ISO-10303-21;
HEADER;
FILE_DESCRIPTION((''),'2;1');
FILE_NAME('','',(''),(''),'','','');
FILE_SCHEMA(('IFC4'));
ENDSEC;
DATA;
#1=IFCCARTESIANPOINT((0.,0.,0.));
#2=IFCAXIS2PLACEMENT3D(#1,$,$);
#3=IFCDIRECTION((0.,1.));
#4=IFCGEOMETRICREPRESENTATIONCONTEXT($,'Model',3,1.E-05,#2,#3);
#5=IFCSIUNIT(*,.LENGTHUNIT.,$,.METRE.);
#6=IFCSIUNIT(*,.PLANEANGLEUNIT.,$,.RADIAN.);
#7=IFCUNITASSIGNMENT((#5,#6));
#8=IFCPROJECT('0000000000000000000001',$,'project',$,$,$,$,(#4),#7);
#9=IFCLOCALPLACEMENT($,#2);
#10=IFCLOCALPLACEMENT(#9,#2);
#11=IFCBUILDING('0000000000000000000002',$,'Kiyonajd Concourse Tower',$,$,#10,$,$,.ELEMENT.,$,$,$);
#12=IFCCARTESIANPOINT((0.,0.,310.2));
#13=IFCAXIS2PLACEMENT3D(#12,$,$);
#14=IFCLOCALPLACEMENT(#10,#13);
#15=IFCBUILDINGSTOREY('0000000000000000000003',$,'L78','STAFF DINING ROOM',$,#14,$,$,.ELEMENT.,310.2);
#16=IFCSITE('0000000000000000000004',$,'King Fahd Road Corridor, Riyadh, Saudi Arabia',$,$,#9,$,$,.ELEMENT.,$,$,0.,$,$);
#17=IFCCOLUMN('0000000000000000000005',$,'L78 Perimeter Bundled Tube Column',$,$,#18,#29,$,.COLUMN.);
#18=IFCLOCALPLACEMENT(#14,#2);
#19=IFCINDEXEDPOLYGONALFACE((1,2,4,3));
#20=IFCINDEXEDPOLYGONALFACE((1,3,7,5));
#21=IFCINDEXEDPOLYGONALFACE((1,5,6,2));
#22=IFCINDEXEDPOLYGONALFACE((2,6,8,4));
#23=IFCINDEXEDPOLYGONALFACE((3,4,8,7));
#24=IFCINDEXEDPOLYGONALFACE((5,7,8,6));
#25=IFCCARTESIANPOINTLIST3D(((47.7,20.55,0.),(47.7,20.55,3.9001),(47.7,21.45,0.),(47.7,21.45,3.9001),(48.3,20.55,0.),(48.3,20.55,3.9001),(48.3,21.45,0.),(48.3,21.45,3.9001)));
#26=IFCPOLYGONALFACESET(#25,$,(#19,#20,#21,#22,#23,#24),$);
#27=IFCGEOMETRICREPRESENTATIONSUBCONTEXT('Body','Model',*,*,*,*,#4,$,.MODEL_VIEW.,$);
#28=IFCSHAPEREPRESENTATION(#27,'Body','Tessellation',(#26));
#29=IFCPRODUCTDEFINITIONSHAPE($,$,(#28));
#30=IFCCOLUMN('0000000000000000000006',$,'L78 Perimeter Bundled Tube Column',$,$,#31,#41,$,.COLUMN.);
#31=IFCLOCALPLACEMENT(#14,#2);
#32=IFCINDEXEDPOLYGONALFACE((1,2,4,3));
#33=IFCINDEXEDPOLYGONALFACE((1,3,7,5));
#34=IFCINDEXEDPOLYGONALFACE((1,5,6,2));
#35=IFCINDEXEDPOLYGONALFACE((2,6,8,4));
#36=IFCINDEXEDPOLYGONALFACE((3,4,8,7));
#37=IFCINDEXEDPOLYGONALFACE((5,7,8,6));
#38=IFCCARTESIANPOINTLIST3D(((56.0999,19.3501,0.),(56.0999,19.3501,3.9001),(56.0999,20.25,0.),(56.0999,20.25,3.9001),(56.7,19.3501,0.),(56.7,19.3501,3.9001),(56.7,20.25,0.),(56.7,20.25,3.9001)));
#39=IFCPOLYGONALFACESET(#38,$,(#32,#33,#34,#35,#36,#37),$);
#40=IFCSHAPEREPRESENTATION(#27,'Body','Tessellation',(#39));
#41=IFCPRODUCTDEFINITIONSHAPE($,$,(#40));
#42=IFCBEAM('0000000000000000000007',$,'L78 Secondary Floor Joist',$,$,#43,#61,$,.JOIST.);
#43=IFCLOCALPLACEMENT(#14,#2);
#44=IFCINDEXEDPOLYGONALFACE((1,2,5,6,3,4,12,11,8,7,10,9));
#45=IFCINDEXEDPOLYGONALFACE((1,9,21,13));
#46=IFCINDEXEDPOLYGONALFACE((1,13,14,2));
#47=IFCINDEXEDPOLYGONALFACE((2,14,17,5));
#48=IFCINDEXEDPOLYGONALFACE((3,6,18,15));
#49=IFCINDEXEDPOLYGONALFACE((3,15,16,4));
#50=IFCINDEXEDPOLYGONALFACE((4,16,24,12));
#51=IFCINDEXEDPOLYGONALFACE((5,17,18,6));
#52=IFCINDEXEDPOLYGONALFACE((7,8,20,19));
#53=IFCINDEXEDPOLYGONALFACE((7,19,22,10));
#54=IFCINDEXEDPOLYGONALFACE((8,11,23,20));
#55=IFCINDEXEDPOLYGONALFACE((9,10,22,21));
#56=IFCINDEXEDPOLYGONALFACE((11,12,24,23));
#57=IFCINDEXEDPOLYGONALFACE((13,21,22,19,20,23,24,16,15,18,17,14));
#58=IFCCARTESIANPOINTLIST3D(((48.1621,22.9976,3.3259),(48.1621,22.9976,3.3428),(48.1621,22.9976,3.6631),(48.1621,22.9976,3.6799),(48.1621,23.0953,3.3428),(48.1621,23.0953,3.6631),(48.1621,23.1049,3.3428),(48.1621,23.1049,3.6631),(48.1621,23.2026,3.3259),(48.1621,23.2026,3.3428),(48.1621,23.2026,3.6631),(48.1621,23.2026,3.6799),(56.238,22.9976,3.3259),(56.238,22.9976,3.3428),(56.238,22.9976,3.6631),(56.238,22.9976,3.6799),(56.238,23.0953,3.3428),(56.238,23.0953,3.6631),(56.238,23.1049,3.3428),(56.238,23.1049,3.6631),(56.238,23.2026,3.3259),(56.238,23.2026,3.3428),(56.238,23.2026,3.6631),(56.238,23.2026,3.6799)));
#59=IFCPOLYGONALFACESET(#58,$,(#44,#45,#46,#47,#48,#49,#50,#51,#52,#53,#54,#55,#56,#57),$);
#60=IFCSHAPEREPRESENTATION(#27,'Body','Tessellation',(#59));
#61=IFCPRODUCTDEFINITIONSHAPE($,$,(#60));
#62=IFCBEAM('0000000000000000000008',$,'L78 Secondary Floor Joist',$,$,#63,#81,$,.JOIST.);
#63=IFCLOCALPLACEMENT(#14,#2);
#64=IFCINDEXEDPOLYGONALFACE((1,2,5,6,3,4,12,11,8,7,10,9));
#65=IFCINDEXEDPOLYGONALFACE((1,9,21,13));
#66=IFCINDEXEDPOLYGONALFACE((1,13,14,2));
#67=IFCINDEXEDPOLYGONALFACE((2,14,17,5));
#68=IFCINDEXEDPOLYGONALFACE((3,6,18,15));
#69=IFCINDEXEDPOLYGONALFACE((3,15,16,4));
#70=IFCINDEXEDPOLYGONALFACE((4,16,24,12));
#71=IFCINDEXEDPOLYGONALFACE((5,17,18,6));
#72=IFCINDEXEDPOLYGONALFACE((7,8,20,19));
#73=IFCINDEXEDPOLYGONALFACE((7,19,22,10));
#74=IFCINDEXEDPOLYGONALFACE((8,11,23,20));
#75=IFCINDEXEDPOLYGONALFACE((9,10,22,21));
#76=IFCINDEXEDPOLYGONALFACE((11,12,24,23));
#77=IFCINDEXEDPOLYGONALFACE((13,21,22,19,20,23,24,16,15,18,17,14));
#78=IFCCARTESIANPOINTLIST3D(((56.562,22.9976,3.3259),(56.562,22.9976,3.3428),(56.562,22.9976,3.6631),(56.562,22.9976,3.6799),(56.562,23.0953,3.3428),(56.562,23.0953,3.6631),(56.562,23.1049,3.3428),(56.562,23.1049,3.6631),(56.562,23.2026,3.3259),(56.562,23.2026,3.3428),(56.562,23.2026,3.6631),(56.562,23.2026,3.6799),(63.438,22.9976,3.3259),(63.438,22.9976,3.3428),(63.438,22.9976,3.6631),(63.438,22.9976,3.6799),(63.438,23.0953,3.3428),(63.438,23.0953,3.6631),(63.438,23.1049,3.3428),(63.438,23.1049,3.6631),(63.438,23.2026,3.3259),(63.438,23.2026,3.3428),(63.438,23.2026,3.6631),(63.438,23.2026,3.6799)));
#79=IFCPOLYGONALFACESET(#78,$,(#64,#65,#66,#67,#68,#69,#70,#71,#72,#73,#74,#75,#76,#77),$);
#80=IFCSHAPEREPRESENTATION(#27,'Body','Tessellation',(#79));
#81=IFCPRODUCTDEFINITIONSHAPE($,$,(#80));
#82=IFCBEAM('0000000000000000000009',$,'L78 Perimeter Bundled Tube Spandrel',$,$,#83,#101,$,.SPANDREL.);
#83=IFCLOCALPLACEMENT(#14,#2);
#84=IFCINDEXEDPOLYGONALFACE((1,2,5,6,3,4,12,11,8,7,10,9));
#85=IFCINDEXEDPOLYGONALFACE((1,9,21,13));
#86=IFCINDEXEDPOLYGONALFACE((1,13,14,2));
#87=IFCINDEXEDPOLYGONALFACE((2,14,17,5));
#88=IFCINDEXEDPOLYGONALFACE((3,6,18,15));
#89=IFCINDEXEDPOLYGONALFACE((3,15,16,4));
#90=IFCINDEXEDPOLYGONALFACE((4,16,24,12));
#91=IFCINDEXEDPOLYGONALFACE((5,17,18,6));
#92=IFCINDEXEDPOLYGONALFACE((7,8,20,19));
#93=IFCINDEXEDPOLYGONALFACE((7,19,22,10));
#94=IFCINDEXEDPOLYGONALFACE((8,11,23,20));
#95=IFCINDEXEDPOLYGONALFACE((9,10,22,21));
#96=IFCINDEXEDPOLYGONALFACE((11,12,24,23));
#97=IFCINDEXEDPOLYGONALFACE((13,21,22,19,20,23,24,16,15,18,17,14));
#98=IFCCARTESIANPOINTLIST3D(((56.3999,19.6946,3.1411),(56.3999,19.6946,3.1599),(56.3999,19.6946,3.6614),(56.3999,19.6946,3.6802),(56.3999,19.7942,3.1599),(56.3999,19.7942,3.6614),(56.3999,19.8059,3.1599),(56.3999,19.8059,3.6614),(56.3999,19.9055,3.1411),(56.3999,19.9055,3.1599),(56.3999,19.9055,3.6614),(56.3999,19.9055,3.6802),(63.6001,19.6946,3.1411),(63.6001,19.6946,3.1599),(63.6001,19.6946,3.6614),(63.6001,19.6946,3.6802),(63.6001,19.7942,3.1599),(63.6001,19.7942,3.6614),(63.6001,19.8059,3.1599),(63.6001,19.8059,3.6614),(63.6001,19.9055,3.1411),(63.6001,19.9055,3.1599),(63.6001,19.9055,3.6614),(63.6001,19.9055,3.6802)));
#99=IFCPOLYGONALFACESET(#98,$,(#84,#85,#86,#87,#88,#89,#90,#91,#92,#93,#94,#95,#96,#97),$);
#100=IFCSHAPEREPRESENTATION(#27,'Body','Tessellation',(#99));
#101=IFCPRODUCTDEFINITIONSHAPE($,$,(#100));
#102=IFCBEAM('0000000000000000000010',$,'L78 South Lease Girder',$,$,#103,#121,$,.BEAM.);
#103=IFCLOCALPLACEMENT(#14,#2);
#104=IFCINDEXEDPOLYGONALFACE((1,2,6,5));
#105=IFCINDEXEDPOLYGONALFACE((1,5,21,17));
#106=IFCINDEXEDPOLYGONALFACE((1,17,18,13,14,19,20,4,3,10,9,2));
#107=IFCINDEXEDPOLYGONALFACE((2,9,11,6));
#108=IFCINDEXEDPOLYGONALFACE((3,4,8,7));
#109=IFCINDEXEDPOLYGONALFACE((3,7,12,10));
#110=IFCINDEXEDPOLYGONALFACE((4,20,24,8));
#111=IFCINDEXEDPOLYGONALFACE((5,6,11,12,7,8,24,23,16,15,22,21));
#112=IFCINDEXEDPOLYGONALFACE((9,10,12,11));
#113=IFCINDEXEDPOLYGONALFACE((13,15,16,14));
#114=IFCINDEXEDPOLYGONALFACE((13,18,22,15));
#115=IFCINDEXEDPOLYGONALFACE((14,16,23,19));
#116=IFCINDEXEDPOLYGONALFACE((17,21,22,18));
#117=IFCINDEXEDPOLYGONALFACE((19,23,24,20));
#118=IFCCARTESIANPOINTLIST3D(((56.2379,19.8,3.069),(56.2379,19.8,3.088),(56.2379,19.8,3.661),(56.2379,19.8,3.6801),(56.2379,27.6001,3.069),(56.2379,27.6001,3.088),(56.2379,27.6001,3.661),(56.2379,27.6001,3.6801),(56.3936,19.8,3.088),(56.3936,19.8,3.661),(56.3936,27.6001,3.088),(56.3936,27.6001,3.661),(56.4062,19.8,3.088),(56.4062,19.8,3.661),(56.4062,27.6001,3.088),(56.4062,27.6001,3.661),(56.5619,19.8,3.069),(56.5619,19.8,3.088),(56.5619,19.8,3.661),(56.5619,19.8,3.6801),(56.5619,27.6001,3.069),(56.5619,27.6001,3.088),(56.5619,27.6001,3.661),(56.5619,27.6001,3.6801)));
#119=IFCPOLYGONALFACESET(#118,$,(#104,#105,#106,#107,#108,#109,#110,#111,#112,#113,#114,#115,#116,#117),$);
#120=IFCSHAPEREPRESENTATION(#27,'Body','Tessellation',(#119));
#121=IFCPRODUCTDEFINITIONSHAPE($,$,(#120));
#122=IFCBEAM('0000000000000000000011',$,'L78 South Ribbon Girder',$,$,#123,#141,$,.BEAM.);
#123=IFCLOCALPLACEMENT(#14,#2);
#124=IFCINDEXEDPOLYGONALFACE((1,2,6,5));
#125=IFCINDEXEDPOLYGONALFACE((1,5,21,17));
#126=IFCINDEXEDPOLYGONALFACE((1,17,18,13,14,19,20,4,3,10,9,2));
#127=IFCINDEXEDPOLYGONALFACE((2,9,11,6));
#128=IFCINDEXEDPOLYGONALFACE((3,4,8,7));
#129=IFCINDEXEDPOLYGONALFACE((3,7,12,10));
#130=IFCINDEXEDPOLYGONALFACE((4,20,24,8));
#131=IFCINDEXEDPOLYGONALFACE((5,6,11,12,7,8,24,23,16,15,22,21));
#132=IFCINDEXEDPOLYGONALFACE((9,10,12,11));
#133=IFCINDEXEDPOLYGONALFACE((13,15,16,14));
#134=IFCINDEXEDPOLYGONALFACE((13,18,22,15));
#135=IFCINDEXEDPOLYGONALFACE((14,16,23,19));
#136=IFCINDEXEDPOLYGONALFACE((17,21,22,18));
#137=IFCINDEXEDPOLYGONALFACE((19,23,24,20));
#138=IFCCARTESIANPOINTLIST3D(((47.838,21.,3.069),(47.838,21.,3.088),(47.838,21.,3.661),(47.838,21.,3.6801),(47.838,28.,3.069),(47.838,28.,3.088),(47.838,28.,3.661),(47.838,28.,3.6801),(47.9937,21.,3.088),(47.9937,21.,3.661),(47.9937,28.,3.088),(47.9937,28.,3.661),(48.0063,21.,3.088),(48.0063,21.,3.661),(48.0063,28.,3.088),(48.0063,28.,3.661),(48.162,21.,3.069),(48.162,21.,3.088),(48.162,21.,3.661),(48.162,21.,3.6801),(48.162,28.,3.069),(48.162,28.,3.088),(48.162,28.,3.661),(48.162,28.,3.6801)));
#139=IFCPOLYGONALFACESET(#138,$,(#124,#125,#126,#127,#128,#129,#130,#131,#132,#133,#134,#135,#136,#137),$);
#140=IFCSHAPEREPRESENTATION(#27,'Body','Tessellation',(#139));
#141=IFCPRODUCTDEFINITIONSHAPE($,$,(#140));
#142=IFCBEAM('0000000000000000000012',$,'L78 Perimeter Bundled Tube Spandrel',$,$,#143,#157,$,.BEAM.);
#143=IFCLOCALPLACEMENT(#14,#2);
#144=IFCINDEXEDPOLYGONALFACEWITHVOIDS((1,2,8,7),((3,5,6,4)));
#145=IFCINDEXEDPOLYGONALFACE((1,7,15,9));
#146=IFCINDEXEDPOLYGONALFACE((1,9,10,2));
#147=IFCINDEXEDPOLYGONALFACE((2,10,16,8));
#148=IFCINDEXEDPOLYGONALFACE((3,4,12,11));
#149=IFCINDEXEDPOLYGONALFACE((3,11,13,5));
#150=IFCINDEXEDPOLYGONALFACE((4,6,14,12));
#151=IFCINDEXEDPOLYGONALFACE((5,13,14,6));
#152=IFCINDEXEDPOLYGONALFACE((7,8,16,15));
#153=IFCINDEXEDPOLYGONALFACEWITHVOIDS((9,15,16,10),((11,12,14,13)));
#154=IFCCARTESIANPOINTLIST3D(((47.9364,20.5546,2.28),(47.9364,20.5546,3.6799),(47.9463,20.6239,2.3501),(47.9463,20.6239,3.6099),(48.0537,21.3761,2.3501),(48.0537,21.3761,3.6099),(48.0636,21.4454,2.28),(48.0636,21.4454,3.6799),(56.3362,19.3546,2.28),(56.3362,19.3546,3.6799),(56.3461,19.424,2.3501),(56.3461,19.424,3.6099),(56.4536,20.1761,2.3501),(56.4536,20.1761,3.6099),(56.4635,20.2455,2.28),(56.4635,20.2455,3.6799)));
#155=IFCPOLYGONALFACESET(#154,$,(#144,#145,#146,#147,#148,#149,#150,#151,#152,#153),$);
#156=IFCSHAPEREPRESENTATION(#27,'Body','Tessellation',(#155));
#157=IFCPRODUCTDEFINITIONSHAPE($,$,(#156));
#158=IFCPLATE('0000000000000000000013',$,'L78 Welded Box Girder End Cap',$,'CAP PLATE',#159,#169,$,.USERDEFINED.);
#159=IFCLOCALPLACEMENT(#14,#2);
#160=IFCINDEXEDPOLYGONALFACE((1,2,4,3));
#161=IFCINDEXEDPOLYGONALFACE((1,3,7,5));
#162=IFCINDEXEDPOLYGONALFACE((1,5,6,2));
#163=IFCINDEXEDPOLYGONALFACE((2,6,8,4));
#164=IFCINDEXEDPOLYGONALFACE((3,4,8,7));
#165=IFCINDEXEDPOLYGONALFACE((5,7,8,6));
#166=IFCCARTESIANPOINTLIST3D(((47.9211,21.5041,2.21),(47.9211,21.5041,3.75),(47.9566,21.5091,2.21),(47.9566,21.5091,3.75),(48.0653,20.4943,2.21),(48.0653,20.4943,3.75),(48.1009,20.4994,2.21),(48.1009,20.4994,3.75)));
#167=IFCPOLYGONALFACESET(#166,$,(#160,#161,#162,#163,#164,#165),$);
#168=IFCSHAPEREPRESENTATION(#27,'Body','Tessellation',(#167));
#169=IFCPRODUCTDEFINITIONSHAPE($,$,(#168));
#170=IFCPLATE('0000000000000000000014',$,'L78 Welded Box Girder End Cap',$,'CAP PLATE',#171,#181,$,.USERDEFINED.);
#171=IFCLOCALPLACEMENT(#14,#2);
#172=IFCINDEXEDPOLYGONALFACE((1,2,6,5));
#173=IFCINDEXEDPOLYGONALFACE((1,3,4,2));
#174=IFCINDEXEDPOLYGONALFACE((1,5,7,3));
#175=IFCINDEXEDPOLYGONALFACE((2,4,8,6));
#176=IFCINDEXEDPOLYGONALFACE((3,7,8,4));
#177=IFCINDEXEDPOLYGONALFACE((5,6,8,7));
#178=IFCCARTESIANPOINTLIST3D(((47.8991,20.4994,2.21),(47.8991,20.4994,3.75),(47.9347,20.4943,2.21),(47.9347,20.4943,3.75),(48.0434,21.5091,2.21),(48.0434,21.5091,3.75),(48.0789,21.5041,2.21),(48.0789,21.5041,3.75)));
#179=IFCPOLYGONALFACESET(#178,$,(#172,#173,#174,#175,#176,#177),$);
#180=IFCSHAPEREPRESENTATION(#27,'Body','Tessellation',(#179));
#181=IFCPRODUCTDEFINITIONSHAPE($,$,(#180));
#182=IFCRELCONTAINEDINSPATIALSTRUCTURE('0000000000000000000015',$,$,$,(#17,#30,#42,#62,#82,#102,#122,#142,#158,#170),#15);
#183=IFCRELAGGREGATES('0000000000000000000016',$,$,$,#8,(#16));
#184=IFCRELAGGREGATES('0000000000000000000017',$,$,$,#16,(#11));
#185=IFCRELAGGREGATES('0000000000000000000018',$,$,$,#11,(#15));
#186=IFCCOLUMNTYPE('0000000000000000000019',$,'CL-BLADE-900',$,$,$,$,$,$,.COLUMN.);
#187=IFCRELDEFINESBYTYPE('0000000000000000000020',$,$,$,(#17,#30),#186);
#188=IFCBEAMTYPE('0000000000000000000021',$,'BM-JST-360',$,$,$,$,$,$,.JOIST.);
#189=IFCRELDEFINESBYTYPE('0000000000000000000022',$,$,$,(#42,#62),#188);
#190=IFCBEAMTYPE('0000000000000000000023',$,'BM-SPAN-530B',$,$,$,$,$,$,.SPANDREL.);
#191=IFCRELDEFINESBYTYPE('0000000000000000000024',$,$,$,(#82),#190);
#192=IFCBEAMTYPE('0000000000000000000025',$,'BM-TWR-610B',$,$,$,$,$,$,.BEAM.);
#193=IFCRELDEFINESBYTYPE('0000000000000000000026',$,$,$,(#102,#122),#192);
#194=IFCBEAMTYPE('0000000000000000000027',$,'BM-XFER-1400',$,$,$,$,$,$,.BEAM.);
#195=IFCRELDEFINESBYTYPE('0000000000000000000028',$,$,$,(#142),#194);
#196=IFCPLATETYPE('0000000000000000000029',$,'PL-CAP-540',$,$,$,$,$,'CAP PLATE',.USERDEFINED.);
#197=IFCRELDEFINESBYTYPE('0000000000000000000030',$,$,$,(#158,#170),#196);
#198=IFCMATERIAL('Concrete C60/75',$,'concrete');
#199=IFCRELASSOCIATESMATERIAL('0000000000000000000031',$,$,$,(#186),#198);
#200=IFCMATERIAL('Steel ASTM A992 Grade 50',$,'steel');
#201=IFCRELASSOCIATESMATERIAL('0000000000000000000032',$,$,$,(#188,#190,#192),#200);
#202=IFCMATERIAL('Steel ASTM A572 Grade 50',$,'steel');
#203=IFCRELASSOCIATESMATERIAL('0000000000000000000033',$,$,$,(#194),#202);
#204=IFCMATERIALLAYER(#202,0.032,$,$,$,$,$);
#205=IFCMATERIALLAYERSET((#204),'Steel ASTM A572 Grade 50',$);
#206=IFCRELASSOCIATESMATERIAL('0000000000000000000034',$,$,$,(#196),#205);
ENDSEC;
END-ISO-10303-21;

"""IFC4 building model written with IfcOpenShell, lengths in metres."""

from ifc_helpers import new_model, si_unit, direction, frame, origin, origin_2d, place, context, subcontext, project, spatial, rectangle, hollow_rectangle, i_section, extrude, material, layer, layer_set, material_profile, profile_set, type_object, element, save


model = new_model("IFC4")

# Units and contexts
model_context = context("Model", 3, precision=1e-05, world=origin(), true_north=direction((0.0, 1.0)))
body_context = subcontext(model_context, "Body", "Model", "MODEL_VIEW")
ifc_project = project(units=[si_unit("LENGTHUNIT", "METRE"), si_unit("PLANEANGLEUNIT", "RADIAN")], contexts=[model_context])

# Site, building, storey
site_placement = place(None, origin())
site = spatial("IfcSite", under=ifc_project, at=site_placement, Name="King Fahd Road Corridor, Riyadh, Saudi Arabia", CompositionType="ELEMENT", RefElevation=0.0)
building_placement = place(site_placement, origin())
building = spatial("IfcBuilding", under=site, at=building_placement, Name="Kiyonajd Concourse Tower", CompositionType="ELEMENT")
storey_placement = place(building_placement, frame((0.0, 0.0, 310.2)))
storey = spatial("IfcBuildingStorey", under=building, at=storey_placement, Name="L78", Description="STAFF DINING ROOM", CompositionType="ELEMENT", Elevation=310.2)

# Columns
ifc_material_1 = material(Name="Concrete C60/75", Category="concrete")
ifc_material_profile_1 = material_profile(ifc_material_1, rectangle(XDim=0.6001, YDim=0.8999, at=origin_2d()), Name="RC-900x600")
ifc_profile_set_1 = profile_set([ifc_material_profile_1], Name="Concrete C60/75")
column_type = type_object("IfcColumnType", Name="CL-BLADE-900", PredefinedType="COLUMN", material=ifc_profile_set_1)
for number, where, z_axis, x_axis, name in (
    (1, (48.0, 21.0, 0.0), (0.0, 0.0, 1.0), (1.0, 0.0, 0.0), "L78 Perimeter Bundled Tube Column"),
    (2, (56.3999, 19.8, 0.0), (0.0, 0.0, 1.0), (1.0, 0.0, 0.0), "L78 Perimeter Bundled Tube Column"),
):
    element("IfcColumn", number, at=place(storey_placement, frame(where, z_axis=z_axis, x_axis=x_axis)), inside=storey, type_object=column_type, Name=name, PredefinedType="COLUMN", context=body_context, shape_type="SweptSolid", body=[
        extrude(rectangle(XDim=0.6001, YDim=0.8999, at=origin_2d()), origin(), (0.0, 0.0, 1.0), 3.9001),
    ])

# Beams
ifc_material_2 = material(Name="Steel ASTM A992 Grade 50", Category="steel")
ifc_material_profile_2 = material_profile(ifc_material_2, i_section(OverallWidth=0.2051, OverallDepth=0.354, WebThickness=0.0095, FlangeThickness=0.0168, at=origin_2d()), Name="W360X79")
ifc_profile_set_2 = profile_set([ifc_material_profile_2], Name="Steel ASTM A992 Grade 50")
beam_type_1 = type_object("IfcBeamType", Name="BM-JST-360", PredefinedType="JOIST", material=ifc_profile_set_2)
beam_1_placement = place(storey_placement, frame((48.1621, 23.1001, 3.5029), z_axis=(1.0, 0.0, 0.0), x_axis=(0.0, 1.0, 0.0)))
element("IfcBeam", 3, at=beam_1_placement, inside=storey, type_object=beam_type_1, Name="L78 Secondary Floor Joist", PredefinedType="JOIST", context=body_context, shape_type="SweptSolid", body=[
    extrude(i_section(OverallWidth=0.2051, OverallDepth=0.354, WebThickness=0.0095, FlangeThickness=0.0168, at=origin_2d()), origin(), (0.0, 0.0, 1.0), 8.0759),
])
beam_2_placement = place(storey_placement, frame((56.562, 23.1001, 3.5029), z_axis=(1.0, 0.0, 0.0), x_axis=(0.0, 1.0, 0.0)))
element("IfcBeam", 4, at=beam_2_placement, inside=storey, type_object=beam_type_1, Name="L78 Secondary Floor Joist", PredefinedType="JOIST", context=body_context, shape_type="SweptSolid", body=[
    extrude(i_section(OverallWidth=0.2051, OverallDepth=0.354, WebThickness=0.0095, FlangeThickness=0.0168, at=origin_2d()), origin(), (0.0, 0.0, 1.0), 6.876),
])
ifc_material_profile_3 = material_profile(ifc_material_2, i_section(OverallWidth=0.2109, OverallDepth=0.5391, WebThickness=0.0117, FlangeThickness=0.0188, at=origin_2d()), Name="W530X109")
ifc_profile_set_3 = profile_set([ifc_material_profile_3], Name="Steel ASTM A992 Grade 50")
beam_type_2 = type_object("IfcBeamType", Name="BM-SPAN-530B", PredefinedType="SPANDREL", material=ifc_profile_set_3)
beam_3_placement = place(storey_placement, frame((56.3999, 19.8, 3.4106), z_axis=(1.0, 0.0, 0.0), x_axis=(0.0, 1.0, 0.0)))
element("IfcBeam", 5, at=beam_3_placement, inside=storey, type_object=beam_type_2, Name="L78 Perimeter Bundled Tube Spandrel", PredefinedType="SPANDREL", context=body_context, shape_type="SweptSolid", body=[
    extrude(i_section(OverallWidth=0.2109, OverallDepth=0.5391, WebThickness=0.0117, FlangeThickness=0.0188, at=origin_2d()), origin(), (0.0, 0.0, 1.0), 7.2002),
])
ifc_material_profile_4 = material_profile(ifc_material_2, i_section(OverallWidth=0.324, OverallDepth=0.6111, WebThickness=0.0127, FlangeThickness=0.019, at=origin_2d()), Name="W610X155")
ifc_profile_set_4 = profile_set([ifc_material_profile_4], Name="Steel ASTM A992 Grade 50")
beam_type_3 = type_object("IfcBeamType", Name="BM-TWR-610B", PredefinedType="BEAM", material=ifc_profile_set_4)
beam_4_placement = place(storey_placement, frame((56.3999, 19.8, 3.3745), z_axis=(0.0, 1.0, 0.0), x_axis=(-1.0, 0.0, 0.0)))
element("IfcBeam", 6, at=beam_4_placement, inside=storey, type_object=beam_type_3, Name="L78 South Lease Girder", PredefinedType="BEAM", context=body_context, shape_type="SweptSolid", body=[
    extrude(i_section(OverallWidth=0.324, OverallDepth=0.6111, WebThickness=0.0127, FlangeThickness=0.019, at=origin_2d()), origin(), (0.0, 0.0, 1.0), 7.8),
])
beam_5_placement = place(storey_placement, frame((48.0, 21.0, 3.3745), z_axis=(0.0, 1.0, 0.0), x_axis=(-1.0, 0.0, 0.0)))
element("IfcBeam", 7, at=beam_5_placement, inside=storey, type_object=beam_type_3, Name="L78 South Ribbon Girder", PredefinedType="BEAM", context=body_context, shape_type="SweptSolid", body=[
    extrude(i_section(OverallWidth=0.324, OverallDepth=0.6111, WebThickness=0.0127, FlangeThickness=0.019, at=origin_2d()), origin(), (0.0, 0.0, 1.0), 7.0),
])
ifc_material_3 = material(Name="Steel ASTM A572 Grade 50", Category="steel")
ifc_material_profile_5 = material_profile(ifc_material_3, hollow_rectangle(XDim=0.8999, YDim=1.3999, WallThickness=0.0701, at=origin_2d()), Name="BOX-1400x900x70")
ifc_profile_set_5 = profile_set([ifc_material_profile_5], Name="Steel ASTM A572 Grade 50")
beam_type_4 = type_object("IfcBeamType", Name="BM-XFER-1400", PredefinedType="BEAM", material=ifc_profile_set_5)
beam_6_placement = place(storey_placement, frame((48.0, 21.0, 2.98), z_axis=(0.98995, -0.141417, 0.0), x_axis=(0.141417, 0.98995, 0.0)))
element("IfcBeam", 8, at=beam_6_placement, inside=storey, type_object=beam_type_4, Name="L78 Perimeter Bundled Tube Spandrel", PredefinedType="BEAM", context=body_context, shape_type="SweptSolid", body=[
    extrude(hollow_rectangle(XDim=0.8999, YDim=1.3999, WallThickness=0.0701, at=origin_2d()), origin(), (0.0, 0.0, 1.0), 8.4851),
])

# Plates
ifc_layer_1 = layer(ifc_material_3, 0.032)
ifc_layer_set_1 = layer_set([ifc_layer_1], Name="Steel ASTM A572 Grade 50")
plate_type_1 = type_object("IfcPlateType", Name="PL-CAP-540", ElementType="CAP PLATE", PredefinedType="USERDEFINED", material=ifc_layer_set_1)
for number, where, z_axis, x_axis, name in (
    (9, (48.011, 21.0017, 2.21), (0.0, 0.0, 1.0), (0.98995, 0.14142, 0.0), "L78 Welded Box Girder End Cap"),
    (10, (47.989, 21.0017, 2.21), (0.0, 0.0, 1.0), (-0.98995, 0.14142, 0.0), "L78 Welded Box Girder End Cap"),
):
    element("IfcPlate", number, at=place(storey_placement, frame(where, z_axis=z_axis, x_axis=x_axis)), inside=storey, type_object=plate_type_1, Name=name, ObjectType="CAP PLATE", PredefinedType="USERDEFINED", context=body_context, shape_type="SweptSolid", body=[
        extrude(rectangle(XDim=0.0359, YDim=1.02, at=origin_2d()), origin(), (0.0, 0.0, 1.0), 1.54),
    ])

save(model, "model.ifc")
